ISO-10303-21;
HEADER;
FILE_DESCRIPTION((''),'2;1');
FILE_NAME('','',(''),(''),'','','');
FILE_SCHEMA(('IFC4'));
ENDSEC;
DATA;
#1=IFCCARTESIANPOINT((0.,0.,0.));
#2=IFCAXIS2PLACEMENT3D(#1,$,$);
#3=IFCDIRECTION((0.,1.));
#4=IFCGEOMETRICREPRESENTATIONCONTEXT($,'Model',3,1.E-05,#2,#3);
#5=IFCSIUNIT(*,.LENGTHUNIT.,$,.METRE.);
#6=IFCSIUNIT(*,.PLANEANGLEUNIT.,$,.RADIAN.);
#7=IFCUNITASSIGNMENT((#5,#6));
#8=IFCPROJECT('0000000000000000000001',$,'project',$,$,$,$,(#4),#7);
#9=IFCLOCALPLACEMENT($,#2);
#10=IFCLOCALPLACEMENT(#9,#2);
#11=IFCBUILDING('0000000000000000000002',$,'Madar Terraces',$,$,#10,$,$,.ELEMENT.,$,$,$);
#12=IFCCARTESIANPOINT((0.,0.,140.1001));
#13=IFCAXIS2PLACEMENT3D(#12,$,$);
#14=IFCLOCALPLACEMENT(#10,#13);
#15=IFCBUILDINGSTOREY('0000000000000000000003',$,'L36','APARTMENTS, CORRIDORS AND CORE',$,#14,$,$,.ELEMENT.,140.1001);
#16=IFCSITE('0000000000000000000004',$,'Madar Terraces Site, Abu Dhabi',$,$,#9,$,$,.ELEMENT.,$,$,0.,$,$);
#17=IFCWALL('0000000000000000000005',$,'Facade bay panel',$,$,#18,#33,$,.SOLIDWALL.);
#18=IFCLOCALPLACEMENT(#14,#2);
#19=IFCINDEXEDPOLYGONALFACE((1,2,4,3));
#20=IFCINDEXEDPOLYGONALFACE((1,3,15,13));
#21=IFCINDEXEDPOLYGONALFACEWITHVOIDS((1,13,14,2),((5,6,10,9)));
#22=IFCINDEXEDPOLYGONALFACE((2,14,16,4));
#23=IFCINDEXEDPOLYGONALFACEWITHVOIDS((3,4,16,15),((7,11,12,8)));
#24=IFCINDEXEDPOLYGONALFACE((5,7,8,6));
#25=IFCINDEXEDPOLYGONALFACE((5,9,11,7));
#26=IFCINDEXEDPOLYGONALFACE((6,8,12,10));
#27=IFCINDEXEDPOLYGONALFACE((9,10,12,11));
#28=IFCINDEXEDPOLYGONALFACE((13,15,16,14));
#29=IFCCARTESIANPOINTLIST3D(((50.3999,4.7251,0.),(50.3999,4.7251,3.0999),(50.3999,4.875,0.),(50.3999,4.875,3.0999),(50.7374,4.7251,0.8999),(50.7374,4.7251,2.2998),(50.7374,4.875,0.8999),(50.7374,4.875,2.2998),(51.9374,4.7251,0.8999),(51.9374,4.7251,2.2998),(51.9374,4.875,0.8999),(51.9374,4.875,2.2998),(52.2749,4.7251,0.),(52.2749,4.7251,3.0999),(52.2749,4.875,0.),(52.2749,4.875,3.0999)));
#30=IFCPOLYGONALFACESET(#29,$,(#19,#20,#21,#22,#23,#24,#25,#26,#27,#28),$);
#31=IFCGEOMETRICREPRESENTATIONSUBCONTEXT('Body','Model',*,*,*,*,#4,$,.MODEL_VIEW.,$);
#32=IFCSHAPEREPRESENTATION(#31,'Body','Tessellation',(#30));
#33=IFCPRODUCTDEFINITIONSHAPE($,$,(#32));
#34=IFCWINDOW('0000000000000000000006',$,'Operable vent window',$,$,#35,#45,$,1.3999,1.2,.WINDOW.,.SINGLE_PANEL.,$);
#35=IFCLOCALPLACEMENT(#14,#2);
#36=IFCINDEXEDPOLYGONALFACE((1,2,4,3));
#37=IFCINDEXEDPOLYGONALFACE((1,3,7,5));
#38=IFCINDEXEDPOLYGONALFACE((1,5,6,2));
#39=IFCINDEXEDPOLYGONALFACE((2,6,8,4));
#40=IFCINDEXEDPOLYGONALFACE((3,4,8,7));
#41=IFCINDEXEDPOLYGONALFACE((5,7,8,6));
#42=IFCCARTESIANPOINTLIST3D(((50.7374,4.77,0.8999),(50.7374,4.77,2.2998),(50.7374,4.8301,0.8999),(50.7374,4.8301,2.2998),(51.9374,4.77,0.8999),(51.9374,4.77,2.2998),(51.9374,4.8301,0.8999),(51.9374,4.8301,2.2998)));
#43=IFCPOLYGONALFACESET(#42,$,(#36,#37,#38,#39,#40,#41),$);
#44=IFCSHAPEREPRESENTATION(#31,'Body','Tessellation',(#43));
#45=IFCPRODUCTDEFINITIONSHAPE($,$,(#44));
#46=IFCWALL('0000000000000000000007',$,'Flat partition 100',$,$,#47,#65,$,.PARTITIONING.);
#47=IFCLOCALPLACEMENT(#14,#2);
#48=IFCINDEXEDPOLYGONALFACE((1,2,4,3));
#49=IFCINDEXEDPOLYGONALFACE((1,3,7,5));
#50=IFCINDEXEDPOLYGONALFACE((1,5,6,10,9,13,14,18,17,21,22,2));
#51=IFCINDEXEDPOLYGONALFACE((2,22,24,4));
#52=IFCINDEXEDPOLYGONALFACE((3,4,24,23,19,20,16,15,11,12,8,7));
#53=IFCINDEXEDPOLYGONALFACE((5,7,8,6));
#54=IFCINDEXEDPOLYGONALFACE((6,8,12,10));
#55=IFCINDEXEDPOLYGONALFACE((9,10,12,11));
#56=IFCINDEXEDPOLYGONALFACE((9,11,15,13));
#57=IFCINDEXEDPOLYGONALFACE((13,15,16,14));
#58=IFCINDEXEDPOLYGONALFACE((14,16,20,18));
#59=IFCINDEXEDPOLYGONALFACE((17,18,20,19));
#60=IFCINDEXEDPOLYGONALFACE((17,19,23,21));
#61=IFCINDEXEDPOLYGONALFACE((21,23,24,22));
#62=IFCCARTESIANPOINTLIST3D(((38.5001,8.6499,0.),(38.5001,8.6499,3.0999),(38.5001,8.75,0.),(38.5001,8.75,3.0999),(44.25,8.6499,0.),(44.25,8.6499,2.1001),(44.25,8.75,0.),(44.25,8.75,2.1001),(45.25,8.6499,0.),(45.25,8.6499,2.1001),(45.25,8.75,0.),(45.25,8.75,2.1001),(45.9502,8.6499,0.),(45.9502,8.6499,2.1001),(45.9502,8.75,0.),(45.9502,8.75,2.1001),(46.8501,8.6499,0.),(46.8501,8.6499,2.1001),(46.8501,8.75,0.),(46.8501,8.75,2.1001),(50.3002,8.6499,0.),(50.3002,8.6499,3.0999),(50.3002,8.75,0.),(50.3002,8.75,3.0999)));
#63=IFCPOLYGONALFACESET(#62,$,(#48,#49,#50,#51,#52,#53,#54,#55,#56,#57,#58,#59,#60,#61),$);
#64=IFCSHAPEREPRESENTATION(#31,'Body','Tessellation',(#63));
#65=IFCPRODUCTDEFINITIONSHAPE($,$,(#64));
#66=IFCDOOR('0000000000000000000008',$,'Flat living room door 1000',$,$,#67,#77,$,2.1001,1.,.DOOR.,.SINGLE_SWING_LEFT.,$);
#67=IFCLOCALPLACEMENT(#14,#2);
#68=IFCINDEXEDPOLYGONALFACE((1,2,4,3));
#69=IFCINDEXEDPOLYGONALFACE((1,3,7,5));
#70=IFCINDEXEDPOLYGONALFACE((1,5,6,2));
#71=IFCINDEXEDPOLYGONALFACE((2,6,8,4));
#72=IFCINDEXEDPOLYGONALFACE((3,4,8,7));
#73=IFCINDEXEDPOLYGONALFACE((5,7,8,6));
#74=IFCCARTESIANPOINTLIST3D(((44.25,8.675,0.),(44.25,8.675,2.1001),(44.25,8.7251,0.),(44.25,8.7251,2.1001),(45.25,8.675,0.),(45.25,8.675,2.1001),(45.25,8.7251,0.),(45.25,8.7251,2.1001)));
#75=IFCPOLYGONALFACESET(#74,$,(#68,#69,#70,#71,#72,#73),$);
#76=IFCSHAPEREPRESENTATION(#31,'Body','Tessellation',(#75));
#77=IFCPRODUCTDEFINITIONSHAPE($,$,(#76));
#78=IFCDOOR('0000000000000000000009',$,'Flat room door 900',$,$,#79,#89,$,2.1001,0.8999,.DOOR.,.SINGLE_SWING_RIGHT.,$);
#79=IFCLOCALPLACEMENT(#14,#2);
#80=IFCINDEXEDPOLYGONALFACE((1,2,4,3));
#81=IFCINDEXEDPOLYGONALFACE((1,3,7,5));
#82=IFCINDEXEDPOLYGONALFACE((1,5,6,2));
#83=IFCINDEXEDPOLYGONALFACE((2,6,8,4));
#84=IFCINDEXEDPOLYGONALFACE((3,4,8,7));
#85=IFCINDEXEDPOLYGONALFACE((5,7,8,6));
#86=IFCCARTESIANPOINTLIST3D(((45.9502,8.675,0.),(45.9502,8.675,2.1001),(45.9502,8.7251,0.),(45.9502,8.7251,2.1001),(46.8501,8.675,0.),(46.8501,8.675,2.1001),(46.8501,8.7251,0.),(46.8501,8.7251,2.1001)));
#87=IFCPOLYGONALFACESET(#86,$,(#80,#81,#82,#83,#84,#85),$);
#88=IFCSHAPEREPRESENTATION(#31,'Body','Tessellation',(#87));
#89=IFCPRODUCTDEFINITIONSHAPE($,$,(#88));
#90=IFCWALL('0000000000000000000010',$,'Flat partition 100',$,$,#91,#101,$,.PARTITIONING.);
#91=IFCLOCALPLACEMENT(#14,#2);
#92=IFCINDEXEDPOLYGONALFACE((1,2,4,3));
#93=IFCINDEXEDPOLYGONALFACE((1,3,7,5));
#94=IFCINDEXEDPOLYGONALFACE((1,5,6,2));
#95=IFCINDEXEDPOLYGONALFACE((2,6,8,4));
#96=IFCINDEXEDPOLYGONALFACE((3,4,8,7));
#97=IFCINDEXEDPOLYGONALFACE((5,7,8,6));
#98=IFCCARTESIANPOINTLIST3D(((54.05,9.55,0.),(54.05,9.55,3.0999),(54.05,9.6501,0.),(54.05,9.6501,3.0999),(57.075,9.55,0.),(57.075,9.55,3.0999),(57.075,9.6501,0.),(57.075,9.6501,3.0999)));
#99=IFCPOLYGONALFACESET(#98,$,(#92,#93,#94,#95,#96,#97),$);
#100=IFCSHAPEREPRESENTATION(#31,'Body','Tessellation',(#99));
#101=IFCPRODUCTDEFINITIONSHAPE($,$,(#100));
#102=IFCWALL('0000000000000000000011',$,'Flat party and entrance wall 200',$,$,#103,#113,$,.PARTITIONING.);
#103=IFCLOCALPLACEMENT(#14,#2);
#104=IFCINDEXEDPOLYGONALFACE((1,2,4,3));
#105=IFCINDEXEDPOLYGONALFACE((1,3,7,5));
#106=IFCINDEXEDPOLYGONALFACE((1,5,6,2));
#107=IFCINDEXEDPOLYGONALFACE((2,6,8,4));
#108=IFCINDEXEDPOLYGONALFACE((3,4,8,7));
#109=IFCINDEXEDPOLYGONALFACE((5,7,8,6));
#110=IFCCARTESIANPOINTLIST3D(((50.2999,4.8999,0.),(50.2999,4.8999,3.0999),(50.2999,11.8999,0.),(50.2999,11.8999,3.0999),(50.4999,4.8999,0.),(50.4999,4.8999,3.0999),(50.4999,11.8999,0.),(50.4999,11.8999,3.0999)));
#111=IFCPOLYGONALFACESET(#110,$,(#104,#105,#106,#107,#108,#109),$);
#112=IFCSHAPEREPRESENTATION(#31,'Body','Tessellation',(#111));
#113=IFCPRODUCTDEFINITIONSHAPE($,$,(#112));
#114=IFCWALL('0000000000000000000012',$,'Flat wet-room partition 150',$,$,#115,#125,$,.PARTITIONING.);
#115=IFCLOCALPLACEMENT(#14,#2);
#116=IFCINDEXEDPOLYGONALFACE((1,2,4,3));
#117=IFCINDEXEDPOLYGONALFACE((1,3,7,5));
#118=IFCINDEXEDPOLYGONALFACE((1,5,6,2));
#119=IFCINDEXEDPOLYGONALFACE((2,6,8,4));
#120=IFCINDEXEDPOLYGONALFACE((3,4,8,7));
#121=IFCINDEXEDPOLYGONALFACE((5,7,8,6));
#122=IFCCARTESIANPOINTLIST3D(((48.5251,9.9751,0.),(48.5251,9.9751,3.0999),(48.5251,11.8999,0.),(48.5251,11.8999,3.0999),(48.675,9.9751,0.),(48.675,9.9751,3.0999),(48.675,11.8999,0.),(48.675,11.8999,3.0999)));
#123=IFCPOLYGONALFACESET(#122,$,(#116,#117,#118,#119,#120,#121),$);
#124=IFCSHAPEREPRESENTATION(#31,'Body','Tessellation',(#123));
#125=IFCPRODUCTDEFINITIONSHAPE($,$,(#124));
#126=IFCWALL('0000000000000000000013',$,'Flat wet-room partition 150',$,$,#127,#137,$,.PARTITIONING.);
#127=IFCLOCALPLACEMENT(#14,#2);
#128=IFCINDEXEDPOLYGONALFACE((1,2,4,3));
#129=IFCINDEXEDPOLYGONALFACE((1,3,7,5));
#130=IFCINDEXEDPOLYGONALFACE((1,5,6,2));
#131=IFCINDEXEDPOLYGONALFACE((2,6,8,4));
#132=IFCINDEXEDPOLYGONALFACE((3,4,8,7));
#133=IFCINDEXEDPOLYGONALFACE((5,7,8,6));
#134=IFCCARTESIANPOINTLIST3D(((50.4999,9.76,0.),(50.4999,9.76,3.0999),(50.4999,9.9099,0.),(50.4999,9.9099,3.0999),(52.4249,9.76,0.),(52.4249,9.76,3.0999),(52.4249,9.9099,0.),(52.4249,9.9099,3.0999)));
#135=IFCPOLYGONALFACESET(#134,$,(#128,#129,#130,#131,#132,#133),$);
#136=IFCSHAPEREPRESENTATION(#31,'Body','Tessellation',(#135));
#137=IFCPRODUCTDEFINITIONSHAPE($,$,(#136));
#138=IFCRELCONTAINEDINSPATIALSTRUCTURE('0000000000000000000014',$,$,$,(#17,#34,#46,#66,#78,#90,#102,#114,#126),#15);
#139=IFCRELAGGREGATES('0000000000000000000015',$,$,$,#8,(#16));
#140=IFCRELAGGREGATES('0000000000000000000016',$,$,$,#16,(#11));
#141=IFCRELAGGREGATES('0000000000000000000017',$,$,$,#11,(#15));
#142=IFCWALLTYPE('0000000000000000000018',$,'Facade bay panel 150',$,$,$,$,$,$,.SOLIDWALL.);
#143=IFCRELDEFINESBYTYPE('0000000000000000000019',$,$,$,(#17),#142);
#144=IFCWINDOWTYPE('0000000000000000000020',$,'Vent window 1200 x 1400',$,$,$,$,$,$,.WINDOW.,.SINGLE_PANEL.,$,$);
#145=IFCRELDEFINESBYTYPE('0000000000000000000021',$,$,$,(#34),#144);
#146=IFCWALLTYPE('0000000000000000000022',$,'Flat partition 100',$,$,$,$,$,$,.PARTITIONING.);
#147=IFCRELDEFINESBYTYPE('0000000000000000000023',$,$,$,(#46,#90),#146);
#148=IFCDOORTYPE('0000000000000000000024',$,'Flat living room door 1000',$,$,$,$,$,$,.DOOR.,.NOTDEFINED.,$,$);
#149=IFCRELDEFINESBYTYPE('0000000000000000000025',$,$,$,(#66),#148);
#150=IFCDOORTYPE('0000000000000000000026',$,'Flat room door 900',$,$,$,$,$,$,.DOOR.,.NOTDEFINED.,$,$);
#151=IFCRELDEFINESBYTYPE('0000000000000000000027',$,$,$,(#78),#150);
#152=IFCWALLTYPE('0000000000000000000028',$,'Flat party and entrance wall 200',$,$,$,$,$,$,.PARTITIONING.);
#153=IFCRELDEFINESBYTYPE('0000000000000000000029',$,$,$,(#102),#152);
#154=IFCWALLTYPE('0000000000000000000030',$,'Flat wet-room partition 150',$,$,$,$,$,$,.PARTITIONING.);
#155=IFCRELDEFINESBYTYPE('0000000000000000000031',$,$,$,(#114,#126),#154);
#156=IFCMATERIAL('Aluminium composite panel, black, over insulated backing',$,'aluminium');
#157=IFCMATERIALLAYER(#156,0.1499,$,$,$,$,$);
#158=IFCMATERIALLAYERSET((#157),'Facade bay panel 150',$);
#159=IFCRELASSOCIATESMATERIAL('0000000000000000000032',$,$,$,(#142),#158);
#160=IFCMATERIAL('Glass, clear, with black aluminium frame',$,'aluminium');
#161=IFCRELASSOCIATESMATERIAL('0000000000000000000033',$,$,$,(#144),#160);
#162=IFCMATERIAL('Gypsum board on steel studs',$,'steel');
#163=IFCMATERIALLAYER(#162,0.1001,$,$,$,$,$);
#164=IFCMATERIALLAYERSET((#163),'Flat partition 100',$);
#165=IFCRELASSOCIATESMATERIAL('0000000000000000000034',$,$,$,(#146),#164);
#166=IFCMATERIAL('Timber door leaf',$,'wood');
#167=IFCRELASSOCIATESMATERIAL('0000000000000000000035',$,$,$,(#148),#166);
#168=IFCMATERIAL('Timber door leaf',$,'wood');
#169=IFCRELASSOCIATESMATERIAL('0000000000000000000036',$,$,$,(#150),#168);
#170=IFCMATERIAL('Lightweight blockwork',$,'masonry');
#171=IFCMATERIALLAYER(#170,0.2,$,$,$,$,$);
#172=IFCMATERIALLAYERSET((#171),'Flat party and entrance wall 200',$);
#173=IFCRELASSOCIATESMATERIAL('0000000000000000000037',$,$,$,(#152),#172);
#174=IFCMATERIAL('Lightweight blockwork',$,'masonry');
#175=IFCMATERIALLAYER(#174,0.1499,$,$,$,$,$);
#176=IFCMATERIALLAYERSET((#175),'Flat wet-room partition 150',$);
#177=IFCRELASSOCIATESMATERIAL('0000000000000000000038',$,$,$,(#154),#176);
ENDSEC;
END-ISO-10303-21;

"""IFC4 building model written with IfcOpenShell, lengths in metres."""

from ifc_helpers import new_model, si_unit, direction, frame, frame_2d, origin, place, context, subcontext, project, spatial, rectangle, extrude, material, layer, layer_set, type_object, element, fill, save


model = new_model("IFC4")

# Units and contexts
model_context = context("Model", 3, precision=1e-05, world=origin(), true_north=direction((0.0, 1.0)))
body_context = subcontext(model_context, "Body", "Model", "MODEL_VIEW")
ifc_project = project(units=[si_unit("LENGTHUNIT", "METRE"), si_unit("PLANEANGLEUNIT", "RADIAN")], contexts=[model_context])

# Site, building, storey
site_placement = place(None, origin())
site = spatial("IfcSite", under=ifc_project, at=site_placement, Name="Madar Terraces Site, Abu Dhabi", CompositionType="ELEMENT", RefElevation=0.0)
building_placement = place(site_placement, origin())
building = spatial("IfcBuilding", under=site, at=building_placement, Name="Madar Terraces", CompositionType="ELEMENT")
storey_placement = place(building_placement, frame((0.0, 0.0, 140.1001)))
storey = spatial("IfcBuildingStorey", under=building, at=storey_placement, Name="L36", Description="APARTMENTS, CORRIDORS AND CORE", CompositionType="ELEMENT", Elevation=140.1001)

# Wall, opening, window
ifc_material_1 = material(Name="Aluminium composite panel, black, over insulated backing", Category="aluminium")
ifc_layer_1 = layer(ifc_material_1, 0.1499)
ifc_layer_set_1 = layer_set([ifc_layer_1], Name="Facade bay panel 150")
wall_type_1 = type_object("IfcWallType", Name="Facade bay panel 150", PredefinedType="SOLIDWALL", material=ifc_layer_set_1)
wall_1_placement = place(storey_placement, frame((50.3999, 4.8, 0.0), z_axis=(0.0, 0.0, 1.0), x_axis=(1.0, 0.0, 0.0)))
wall_1 = element("IfcWall", 1, at=wall_1_placement, inside=storey, type_object=wall_type_1, Name="Facade bay panel", PredefinedType="SOLIDWALL", context=body_context, shape_type="SweptSolid", body=[
    extrude(rectangle(XDim=1.875, YDim=0.1499, at=frame_2d((0.9375, 0.0))), origin(), (0.0, 0.0, 1.0), 3.0999),
])
opening_1_placement = place(wall_1_placement, frame((0.3374, 0.0, 0.8999)))
opening_1 = element("IfcOpeningElement", 2, at=opening_1_placement, cuts=wall_1, PredefinedType="OPENING", context=body_context, shape_type="SweptSolid", body=[
    extrude(rectangle(XDim=1.2, YDim=1.3999, at=frame_2d((0.6001, 0.7))), frame((0.0, 0.085, 0.0), z_axis=(0.0, -1.0, 0.0), x_axis=(1.0, 0.0, 0.0)), (0.0, 0.0, 1.0), 0.1699),
])
ifc_material_2 = material(Name="Glass, clear, with black aluminium frame", Category="aluminium")
window_type = type_object("IfcWindowType", Name="Vent window 1200 x 1400", PartitioningType="SINGLE_PANEL", PredefinedType="WINDOW", material=ifc_material_2)
window_placement = place(opening_1_placement, origin())
window = element("IfcWindow", 3, at=window_placement, inside=storey, type_object=window_type, Name="Operable vent window", OverallHeight=1.3999, OverallWidth=1.2, PartitioningType="SINGLE_PANEL", PredefinedType="WINDOW", context=body_context, shape_type="SweptSolid", body=[
    extrude(rectangle(XDim=1.2, YDim=1.3999, at=frame_2d((0.6001, 0.7))), frame((0.0, 0.03, 0.0), z_axis=(0.0, -1.0, 0.0), x_axis=(1.0, 0.0, 0.0)), (0.0, 0.0, 1.0), 0.0601),
])
fill(opening_1, window)

# Wall, openings, doors
ifc_material_3 = material(Name="Gypsum board on steel studs", Category="steel")
ifc_layer_2 = layer(ifc_material_3, 0.1001)
ifc_layer_set_2 = layer_set([ifc_layer_2], Name="Flat partition 100")
wall_type_2 = type_object("IfcWallType", Name="Flat partition 100", PredefinedType="PARTITIONING", material=ifc_layer_set_2)
wall_2_placement = place(storey_placement, frame((50.3, 8.7, 0.0), z_axis=(0.0, 0.0, 1.0), x_axis=(-1.0, 0.0, 0.0)))
wall_2 = element("IfcWall", 4, at=wall_2_placement, inside=storey, type_object=wall_type_2, Name="Flat partition 100", PredefinedType="PARTITIONING", context=body_context, shape_type="SweptSolid", body=[
    extrude(rectangle(XDim=11.8, YDim=0.1001, at=frame_2d((5.8999, 0.0))), origin(), (0.0, 0.0, 1.0), 3.0999),
])
opening_2_placement = place(wall_2_placement, frame((3.45, 0.0, 0.0)))
opening_2 = element("IfcOpeningElement", 5, at=opening_2_placement, cuts=wall_2, PredefinedType="OPENING", context=body_context, shape_type="SweptSolid", body=[
    extrude(rectangle(XDim=0.8999, YDim=2.1001, at=frame_2d((0.45, 1.05))), frame((0.0, 0.0601, 0.0), z_axis=(0.0, -1.0, 0.0), x_axis=(1.0, 0.0, 0.0)), (0.0, 0.0, 1.0), 0.1201),
])
opening_3_placement = place(wall_2_placement, frame((5.05, 0.0, 0.0)))
opening_3 = element("IfcOpeningElement", 6, at=opening_3_placement, cuts=wall_2, PredefinedType="OPENING", context=body_context, shape_type="SweptSolid", body=[
    extrude(rectangle(XDim=1.0, YDim=2.1001, at=frame_2d((0.5, 1.05))), frame((0.0, 0.0601, 0.0), z_axis=(0.0, -1.0, 0.0), x_axis=(1.0, 0.0, 0.0)), (0.0, 0.0, 1.0), 0.1201),
])
ifc_material_4 = material(Name="Timber door leaf", Category="wood")
door_type_1 = type_object("IfcDoorType", Name="Flat living room door 1000", OperationType="NOTDEFINED", PredefinedType="DOOR", material=ifc_material_4)
door_1_placement = place(opening_3_placement, origin())
door_1 = element("IfcDoor", 7, at=door_1_placement, inside=storey, type_object=door_type_1, Name="Flat living room door 1000", OperationType="SINGLE_SWING_LEFT", OverallHeight=2.1001, OverallWidth=1.0, PredefinedType="DOOR", context=body_context, shape_type="SweptSolid", body=[
    extrude(rectangle(XDim=1.0, YDim=2.1001, at=frame_2d((0.5, 1.05))), frame((0.0, 0.0249, 0.0), z_axis=(0.0, -1.0, 0.0), x_axis=(1.0, 0.0, 0.0)), (0.0, 0.0, 1.0), 0.05),
])
fill(opening_3, door_1)
ifc_material_5 = material(Name="Timber door leaf", Category="wood")
door_type_2 = type_object("IfcDoorType", Name="Flat room door 900", OperationType="NOTDEFINED", PredefinedType="DOOR", material=ifc_material_5)
door_2_placement = place(opening_2_placement, origin())
door_2 = element("IfcDoor", 8, at=door_2_placement, inside=storey, type_object=door_type_2, Name="Flat room door 900", OperationType="SINGLE_SWING_RIGHT", OverallHeight=2.1001, OverallWidth=0.8999, PredefinedType="DOOR", context=body_context, shape_type="SweptSolid", body=[
    extrude(rectangle(XDim=0.8999, YDim=2.1001, at=frame_2d((0.45, 1.05))), frame((0.0, 0.0249, 0.0), z_axis=(0.0, -1.0, 0.0), x_axis=(1.0, 0.0, 0.0)), (0.0, 0.0, 1.0), 0.05),
])
fill(opening_2, door_2)

# Walls
wall_3_placement = place(storey_placement, frame((54.05, 9.6001, 0.0), z_axis=(0.0, 0.0, 1.0), x_axis=(1.0, 0.0, 0.0)))
element("IfcWall", 9, at=wall_3_placement, inside=storey, type_object=wall_type_2, Name="Flat partition 100", PredefinedType="PARTITIONING", context=body_context, shape_type="SweptSolid", body=[
    extrude(rectangle(XDim=3.0249, YDim=0.1001, at=frame_2d((1.5125, 0.0))), origin(), (0.0, 0.0, 1.0), 3.0999),
])
ifc_material_6 = material(Name="Lightweight blockwork", Category="masonry")
ifc_layer_3 = layer(ifc_material_6, 0.2)
ifc_layer_set_3 = layer_set([ifc_layer_3], Name="Flat party and entrance wall 200")
wall_type_3 = type_object("IfcWallType", Name="Flat party and entrance wall 200", PredefinedType="PARTITIONING", material=ifc_layer_set_3)
wall_4_placement = place(storey_placement, frame((50.3999, 11.8999, 0.0), z_axis=(0.0, 0.0, 1.0), x_axis=(0.0, -1.0, 0.0)))
element("IfcWall", 10, at=wall_4_placement, inside=storey, type_object=wall_type_3, Name="Flat party and entrance wall 200", PredefinedType="PARTITIONING", context=body_context, shape_type="SweptSolid", body=[
    extrude(rectangle(XDim=7.0, YDim=0.2, at=frame_2d((3.5, 0.0))), origin(), (0.0, 0.0, 1.0), 3.0999),
])
ifc_material_7 = material(Name="Lightweight blockwork", Category="masonry")
ifc_layer_4 = layer(ifc_material_7, 0.1499)
ifc_layer_set_4 = layer_set([ifc_layer_4], Name="Flat wet-room partition 150")
wall_type_4 = type_object("IfcWallType", Name="Flat wet-room partition 150", PredefinedType="PARTITIONING", material=ifc_layer_set_4)
wall_5_placement = place(storey_placement, frame((48.6001, 11.8999, 0.0), z_axis=(0.0, 0.0, 1.0), x_axis=(0.0, -1.0, 0.0)))
element("IfcWall", 11, at=wall_5_placement, inside=storey, type_object=wall_type_4, Name="Flat wet-room partition 150", PredefinedType="PARTITIONING", context=body_context, shape_type="SweptSolid", body=[
    extrude(rectangle(XDim=1.9248, YDim=0.1499, at=frame_2d((0.9624, 0.0))), origin(), (0.0, 0.0, 1.0), 3.0999),
])
wall_6_placement = place(storey_placement, frame((50.5, 9.835, 0.0), z_axis=(0.0, 0.0, 1.0), x_axis=(1.0, 0.0, 0.0)))
element("IfcWall", 12, at=wall_6_placement, inside=storey, type_object=wall_type_4, Name="Flat wet-room partition 150", PredefinedType="PARTITIONING", context=body_context, shape_type="SweptSolid", body=[
    extrude(rectangle(XDim=1.925, YDim=0.1499, at=frame_2d((0.9624, 0.0))), origin(), (0.0, 0.0, 1.0), 3.0999),
])

save(model, "model.ifc")
